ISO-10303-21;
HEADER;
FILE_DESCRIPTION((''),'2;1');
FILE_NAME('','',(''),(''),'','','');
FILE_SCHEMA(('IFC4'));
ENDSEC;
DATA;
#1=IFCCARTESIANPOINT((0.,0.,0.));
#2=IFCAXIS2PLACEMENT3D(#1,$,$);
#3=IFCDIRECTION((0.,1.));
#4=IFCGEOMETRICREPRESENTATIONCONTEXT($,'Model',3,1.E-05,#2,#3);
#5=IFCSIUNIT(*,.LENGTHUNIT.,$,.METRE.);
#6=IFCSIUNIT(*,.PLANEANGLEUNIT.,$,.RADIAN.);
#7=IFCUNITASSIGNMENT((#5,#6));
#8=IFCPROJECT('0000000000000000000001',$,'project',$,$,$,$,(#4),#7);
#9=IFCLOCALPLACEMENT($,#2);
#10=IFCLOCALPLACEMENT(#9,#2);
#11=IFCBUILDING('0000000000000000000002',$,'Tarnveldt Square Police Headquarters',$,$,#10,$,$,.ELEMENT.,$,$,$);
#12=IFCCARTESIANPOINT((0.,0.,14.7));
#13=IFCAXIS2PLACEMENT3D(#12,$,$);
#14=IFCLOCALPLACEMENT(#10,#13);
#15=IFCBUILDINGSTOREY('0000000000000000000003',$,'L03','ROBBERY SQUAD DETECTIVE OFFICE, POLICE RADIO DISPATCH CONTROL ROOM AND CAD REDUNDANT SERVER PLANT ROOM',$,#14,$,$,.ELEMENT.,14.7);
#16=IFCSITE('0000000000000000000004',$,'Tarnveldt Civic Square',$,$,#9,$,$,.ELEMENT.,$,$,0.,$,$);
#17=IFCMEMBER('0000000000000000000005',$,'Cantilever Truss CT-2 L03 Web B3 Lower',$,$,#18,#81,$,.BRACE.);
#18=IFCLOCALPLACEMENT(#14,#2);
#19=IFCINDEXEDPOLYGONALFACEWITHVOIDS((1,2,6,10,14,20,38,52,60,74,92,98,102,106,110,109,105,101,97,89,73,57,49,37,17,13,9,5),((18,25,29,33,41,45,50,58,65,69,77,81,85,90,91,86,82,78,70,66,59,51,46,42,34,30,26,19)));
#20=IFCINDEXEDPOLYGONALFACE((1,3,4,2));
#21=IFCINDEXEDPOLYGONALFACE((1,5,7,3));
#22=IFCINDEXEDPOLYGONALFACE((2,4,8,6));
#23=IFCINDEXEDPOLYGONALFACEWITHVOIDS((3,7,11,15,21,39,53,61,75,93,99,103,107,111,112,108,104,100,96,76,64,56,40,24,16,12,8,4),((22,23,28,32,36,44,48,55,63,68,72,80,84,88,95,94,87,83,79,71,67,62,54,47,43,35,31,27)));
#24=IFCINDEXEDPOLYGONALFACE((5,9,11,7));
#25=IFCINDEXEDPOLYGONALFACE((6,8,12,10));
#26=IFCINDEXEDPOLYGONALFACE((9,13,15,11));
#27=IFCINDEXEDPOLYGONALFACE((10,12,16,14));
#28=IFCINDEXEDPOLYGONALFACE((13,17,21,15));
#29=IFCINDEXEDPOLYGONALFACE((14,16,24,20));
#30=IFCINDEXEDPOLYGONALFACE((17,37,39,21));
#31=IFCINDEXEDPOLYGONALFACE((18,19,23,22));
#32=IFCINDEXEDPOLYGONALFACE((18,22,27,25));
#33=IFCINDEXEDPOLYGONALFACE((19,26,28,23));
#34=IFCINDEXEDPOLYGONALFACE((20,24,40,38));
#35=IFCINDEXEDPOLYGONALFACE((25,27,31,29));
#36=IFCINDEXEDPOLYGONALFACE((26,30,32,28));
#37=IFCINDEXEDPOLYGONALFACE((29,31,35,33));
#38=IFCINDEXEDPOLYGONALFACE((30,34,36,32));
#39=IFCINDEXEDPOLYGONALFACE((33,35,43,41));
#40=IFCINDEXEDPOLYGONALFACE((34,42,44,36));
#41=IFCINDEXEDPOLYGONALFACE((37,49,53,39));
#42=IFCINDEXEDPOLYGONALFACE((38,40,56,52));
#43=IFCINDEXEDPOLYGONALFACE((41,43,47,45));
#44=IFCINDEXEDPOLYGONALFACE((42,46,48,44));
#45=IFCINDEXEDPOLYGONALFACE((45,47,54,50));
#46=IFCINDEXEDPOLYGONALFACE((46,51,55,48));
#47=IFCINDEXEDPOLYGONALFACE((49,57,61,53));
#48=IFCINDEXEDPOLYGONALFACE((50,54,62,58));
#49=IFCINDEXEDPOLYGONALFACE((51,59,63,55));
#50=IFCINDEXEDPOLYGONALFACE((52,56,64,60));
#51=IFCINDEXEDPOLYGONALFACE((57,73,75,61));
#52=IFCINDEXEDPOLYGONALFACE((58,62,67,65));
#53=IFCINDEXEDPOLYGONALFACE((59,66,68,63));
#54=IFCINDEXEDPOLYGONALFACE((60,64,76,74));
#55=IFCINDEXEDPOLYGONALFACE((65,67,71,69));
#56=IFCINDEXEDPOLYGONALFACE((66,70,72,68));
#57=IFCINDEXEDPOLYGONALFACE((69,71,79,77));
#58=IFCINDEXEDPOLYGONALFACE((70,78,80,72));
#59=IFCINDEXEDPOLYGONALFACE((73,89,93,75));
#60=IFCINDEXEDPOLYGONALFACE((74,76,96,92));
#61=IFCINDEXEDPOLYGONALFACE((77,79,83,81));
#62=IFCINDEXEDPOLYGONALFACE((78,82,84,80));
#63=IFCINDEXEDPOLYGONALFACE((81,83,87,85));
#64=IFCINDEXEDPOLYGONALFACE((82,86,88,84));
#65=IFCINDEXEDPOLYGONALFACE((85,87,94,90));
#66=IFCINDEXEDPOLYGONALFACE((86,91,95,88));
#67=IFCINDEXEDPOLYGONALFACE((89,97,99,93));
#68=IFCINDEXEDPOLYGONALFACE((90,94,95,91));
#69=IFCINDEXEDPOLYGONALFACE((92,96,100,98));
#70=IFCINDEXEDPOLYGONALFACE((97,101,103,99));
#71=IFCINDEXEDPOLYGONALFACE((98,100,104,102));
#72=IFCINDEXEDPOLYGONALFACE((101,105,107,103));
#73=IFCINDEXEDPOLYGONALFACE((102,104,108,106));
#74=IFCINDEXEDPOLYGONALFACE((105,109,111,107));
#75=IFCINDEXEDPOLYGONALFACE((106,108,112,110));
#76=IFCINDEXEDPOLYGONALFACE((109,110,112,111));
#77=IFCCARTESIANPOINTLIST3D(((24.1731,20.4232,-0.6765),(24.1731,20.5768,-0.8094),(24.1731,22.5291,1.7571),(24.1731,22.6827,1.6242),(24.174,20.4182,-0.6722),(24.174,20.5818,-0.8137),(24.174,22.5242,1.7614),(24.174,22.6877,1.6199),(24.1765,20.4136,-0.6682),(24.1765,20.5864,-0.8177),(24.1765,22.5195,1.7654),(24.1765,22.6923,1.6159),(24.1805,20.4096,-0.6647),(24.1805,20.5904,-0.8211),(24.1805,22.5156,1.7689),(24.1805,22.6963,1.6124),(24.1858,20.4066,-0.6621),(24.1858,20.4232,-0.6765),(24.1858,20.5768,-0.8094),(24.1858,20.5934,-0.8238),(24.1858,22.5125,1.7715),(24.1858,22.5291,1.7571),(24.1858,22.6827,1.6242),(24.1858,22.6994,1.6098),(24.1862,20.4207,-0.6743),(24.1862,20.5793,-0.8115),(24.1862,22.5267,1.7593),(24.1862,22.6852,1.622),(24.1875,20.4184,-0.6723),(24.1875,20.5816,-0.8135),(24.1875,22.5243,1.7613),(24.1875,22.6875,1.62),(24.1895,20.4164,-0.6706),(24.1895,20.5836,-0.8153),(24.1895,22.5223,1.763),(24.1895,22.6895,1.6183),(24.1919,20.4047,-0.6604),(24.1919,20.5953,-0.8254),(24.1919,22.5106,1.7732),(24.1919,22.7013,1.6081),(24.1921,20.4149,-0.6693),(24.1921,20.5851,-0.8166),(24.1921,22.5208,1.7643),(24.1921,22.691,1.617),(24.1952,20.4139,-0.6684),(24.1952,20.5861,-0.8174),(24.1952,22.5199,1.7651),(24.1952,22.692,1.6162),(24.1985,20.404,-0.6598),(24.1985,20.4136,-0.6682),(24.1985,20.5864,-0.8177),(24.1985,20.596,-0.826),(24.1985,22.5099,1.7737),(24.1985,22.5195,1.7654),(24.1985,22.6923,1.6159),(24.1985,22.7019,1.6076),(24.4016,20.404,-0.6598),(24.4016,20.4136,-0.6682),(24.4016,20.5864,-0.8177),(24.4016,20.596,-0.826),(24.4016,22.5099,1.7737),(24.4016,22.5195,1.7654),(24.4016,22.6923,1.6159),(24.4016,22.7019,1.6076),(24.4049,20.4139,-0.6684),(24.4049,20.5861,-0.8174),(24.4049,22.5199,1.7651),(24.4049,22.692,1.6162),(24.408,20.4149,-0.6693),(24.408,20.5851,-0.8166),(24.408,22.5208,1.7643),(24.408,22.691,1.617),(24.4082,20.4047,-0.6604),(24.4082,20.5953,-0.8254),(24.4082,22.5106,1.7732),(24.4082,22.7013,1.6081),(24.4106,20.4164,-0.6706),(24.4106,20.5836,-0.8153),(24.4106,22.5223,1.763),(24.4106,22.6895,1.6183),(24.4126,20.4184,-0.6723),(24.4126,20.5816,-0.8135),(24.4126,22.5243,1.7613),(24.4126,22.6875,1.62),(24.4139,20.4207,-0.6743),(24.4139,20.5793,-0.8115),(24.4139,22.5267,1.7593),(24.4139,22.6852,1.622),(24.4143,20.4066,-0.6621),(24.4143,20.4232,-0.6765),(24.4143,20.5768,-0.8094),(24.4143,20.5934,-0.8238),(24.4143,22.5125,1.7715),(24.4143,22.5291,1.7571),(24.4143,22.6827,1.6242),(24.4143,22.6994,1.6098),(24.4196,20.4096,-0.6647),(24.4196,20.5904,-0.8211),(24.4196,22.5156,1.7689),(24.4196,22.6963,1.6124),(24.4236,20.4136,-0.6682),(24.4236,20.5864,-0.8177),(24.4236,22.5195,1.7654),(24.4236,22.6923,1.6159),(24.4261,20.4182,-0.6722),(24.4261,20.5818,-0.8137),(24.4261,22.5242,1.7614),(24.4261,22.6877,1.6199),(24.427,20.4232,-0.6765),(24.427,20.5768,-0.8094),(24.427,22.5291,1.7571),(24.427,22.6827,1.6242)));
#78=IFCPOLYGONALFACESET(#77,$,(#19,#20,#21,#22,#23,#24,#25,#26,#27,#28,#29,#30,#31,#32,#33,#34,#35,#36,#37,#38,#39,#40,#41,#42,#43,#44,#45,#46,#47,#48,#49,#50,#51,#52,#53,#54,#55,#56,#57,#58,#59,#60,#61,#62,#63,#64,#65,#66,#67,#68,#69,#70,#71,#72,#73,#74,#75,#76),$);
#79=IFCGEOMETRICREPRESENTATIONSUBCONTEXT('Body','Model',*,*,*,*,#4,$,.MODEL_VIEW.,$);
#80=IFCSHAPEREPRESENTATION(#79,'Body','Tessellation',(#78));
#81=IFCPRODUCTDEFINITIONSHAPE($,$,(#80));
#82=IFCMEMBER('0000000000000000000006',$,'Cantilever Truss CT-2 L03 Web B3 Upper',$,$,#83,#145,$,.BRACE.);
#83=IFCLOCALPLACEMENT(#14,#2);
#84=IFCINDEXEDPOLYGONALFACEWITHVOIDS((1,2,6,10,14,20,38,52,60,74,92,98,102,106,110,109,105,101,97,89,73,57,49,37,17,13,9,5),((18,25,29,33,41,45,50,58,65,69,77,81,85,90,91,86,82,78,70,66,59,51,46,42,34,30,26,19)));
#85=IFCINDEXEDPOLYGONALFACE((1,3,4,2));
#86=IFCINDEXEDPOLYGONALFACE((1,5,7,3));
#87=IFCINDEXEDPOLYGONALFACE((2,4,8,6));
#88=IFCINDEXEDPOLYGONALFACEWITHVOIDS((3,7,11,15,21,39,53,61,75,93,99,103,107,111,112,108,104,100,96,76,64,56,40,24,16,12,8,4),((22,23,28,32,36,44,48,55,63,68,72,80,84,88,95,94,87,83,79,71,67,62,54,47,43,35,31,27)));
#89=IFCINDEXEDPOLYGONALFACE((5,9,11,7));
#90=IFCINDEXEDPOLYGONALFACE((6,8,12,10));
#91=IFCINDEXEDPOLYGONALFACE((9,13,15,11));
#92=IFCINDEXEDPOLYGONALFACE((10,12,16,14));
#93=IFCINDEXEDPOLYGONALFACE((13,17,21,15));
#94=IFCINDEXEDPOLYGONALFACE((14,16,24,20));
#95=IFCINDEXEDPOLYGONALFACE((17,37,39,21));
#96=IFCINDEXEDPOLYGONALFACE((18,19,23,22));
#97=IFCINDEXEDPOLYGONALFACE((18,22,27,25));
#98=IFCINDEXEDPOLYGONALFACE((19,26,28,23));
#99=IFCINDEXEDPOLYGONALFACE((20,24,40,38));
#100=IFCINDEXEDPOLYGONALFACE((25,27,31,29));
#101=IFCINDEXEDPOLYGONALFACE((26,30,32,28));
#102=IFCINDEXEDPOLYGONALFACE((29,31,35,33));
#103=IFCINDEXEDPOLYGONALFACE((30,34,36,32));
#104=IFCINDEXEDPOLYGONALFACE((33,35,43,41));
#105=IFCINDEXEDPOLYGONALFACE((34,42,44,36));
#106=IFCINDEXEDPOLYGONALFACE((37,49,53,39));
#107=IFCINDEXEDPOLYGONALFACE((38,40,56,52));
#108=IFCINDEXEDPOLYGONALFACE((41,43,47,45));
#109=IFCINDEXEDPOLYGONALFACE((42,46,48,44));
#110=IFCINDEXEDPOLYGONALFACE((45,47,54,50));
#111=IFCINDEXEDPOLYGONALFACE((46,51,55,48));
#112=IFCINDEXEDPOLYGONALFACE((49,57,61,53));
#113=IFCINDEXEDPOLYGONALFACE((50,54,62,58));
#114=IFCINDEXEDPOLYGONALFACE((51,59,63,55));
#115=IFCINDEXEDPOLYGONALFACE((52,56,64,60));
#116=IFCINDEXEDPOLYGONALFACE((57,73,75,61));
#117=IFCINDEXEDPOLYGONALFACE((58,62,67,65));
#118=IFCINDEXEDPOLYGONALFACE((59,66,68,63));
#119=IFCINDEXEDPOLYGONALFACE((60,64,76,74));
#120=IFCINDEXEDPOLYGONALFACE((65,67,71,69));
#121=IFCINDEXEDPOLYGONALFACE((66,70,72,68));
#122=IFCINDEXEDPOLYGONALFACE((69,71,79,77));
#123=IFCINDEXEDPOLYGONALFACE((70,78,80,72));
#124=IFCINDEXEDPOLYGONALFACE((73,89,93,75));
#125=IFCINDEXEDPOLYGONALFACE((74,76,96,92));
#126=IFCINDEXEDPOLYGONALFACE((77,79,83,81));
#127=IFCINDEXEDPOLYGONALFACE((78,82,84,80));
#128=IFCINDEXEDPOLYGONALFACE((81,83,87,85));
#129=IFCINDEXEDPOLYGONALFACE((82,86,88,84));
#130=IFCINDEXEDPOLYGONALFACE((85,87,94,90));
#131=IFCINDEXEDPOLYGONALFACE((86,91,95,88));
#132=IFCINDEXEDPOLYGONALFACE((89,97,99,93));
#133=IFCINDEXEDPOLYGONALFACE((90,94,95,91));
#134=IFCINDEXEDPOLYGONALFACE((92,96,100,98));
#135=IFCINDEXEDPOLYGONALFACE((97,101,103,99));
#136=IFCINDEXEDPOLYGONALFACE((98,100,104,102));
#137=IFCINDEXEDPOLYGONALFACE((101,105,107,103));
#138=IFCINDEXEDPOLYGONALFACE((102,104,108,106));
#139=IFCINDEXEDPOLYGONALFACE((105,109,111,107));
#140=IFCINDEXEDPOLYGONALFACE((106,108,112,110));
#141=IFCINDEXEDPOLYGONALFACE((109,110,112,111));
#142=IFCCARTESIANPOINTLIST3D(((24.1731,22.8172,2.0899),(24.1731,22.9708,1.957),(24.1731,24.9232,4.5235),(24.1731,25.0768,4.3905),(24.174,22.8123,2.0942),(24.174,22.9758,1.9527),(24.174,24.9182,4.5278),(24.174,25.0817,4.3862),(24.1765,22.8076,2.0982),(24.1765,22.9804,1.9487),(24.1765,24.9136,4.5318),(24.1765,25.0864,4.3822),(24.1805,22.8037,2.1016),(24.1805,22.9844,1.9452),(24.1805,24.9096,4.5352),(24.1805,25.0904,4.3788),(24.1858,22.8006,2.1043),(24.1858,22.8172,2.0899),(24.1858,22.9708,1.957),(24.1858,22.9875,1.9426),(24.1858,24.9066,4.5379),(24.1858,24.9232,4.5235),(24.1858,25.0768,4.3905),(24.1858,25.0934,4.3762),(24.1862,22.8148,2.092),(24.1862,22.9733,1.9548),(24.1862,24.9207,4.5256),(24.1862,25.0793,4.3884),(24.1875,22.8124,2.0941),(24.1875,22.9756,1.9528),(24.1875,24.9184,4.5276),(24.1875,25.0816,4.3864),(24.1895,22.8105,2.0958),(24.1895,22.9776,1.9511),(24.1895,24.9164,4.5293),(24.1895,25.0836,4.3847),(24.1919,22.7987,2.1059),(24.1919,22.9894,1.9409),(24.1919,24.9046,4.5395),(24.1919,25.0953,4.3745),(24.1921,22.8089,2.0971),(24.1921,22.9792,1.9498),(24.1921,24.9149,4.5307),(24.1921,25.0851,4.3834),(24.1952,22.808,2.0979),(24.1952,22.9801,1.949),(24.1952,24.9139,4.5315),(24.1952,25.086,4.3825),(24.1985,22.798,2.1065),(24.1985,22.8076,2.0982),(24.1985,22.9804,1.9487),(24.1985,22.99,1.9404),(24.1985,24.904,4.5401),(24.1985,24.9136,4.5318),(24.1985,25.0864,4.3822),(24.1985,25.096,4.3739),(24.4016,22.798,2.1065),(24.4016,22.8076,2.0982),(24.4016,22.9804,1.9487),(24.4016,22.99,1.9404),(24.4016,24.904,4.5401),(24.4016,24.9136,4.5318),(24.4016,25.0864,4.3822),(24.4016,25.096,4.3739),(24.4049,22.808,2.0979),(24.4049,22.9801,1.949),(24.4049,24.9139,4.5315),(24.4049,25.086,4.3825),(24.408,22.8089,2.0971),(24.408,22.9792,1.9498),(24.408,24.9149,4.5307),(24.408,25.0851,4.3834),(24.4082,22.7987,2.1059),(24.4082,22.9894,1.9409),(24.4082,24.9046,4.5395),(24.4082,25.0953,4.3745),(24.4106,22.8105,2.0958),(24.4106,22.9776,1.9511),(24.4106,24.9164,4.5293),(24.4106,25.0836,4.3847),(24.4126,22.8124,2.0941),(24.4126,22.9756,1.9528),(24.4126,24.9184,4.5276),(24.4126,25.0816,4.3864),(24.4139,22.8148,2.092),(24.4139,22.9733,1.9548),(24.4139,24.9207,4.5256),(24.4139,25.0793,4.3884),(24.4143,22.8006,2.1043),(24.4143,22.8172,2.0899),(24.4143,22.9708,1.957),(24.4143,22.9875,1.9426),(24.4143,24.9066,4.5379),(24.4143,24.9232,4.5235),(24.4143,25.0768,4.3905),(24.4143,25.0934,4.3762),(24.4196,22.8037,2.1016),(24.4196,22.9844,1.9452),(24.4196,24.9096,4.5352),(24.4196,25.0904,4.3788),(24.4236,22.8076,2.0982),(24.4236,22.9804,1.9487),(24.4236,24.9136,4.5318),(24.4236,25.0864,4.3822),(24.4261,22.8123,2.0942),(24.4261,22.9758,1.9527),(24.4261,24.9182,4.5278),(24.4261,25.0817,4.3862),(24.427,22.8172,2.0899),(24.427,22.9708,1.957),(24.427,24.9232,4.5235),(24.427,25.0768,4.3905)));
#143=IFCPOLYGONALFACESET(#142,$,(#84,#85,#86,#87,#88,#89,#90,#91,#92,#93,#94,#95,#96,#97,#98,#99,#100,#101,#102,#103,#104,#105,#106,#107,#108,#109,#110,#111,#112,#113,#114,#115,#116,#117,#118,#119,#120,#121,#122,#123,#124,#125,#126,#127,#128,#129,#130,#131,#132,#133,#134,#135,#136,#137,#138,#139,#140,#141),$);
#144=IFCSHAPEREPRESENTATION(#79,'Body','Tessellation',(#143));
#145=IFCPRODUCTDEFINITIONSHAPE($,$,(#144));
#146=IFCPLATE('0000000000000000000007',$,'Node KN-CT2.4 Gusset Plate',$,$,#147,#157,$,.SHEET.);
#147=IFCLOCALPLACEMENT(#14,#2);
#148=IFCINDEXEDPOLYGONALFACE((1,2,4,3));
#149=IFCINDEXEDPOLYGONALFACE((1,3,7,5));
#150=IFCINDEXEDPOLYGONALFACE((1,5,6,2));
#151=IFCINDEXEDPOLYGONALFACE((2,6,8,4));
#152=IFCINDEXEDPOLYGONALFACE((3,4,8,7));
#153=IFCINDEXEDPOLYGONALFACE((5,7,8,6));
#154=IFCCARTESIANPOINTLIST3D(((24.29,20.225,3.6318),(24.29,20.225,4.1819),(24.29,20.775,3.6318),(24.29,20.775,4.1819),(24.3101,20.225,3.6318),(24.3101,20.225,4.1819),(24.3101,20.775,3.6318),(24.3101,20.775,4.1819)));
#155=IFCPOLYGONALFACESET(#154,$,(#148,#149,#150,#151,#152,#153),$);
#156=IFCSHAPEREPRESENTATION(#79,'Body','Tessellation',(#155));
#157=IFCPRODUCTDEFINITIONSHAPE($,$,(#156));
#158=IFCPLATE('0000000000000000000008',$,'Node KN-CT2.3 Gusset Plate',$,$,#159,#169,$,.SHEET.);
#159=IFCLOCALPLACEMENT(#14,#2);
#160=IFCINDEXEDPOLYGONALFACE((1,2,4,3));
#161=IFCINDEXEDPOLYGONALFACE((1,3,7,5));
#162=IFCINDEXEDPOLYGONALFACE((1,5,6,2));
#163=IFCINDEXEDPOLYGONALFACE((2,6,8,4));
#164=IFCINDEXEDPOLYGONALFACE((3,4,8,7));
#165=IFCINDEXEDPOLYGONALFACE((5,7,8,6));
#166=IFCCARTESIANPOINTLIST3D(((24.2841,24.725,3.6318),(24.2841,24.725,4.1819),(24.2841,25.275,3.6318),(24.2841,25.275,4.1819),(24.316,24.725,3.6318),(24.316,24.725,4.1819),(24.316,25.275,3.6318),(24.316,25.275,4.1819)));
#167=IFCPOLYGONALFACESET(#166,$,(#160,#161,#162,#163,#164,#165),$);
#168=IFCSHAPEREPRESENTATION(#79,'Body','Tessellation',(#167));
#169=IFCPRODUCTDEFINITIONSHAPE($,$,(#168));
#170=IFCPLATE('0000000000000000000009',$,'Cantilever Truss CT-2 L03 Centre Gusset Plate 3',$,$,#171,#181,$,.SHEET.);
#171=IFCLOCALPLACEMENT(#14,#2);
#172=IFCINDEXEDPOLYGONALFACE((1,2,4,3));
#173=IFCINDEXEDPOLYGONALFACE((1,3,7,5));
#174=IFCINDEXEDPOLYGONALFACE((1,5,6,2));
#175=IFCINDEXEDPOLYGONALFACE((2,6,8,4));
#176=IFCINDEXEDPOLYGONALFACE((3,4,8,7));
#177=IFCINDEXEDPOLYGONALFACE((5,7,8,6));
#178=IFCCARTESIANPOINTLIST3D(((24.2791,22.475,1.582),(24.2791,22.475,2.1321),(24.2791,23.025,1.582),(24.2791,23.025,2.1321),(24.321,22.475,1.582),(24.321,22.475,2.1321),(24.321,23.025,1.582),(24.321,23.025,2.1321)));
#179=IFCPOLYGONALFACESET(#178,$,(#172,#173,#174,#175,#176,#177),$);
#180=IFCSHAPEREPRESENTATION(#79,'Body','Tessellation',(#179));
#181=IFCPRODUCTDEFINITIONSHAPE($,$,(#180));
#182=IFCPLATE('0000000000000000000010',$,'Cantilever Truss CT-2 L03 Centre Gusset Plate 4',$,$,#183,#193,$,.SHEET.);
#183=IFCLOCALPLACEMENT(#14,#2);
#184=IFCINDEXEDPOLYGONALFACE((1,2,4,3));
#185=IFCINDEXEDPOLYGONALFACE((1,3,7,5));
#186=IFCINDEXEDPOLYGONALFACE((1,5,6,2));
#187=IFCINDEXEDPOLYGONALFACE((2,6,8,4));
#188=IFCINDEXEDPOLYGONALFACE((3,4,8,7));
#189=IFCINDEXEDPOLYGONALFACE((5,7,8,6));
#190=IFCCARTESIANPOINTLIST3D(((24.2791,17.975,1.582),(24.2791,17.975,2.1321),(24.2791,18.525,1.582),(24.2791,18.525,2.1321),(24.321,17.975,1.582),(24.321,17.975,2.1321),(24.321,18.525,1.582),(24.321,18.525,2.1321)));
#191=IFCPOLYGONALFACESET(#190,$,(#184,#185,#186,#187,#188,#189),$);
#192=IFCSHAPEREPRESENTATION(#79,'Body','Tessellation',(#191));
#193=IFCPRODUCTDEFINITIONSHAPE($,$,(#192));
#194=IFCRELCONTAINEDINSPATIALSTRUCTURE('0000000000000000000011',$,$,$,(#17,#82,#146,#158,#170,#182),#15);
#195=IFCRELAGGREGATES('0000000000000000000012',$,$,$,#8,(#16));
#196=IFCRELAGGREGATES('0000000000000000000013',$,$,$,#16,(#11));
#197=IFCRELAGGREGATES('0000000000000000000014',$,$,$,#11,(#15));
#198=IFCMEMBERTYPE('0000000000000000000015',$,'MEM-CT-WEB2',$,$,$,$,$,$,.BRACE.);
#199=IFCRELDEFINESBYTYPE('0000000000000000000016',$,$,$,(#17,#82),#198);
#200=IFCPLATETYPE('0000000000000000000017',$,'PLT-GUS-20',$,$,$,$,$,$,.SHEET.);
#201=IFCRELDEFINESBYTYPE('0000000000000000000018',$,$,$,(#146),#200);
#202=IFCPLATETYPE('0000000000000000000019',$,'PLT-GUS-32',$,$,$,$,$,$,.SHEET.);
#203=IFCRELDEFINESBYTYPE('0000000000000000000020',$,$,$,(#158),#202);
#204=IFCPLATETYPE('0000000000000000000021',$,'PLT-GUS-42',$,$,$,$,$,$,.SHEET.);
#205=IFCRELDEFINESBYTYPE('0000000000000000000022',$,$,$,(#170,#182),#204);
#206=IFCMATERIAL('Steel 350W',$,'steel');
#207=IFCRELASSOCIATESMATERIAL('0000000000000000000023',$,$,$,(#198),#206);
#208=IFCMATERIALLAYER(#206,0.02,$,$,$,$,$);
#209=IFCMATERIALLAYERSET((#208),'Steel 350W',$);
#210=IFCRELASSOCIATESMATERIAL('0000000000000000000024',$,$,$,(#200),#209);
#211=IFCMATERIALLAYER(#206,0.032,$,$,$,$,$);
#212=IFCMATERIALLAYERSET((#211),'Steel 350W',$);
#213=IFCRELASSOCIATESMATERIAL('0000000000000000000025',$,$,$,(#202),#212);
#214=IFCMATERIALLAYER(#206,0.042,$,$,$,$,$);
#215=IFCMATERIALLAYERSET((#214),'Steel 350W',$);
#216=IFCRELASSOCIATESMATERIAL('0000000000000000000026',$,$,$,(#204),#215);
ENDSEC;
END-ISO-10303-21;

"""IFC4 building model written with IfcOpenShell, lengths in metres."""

from ifc_helpers import new_model, si_unit, direction, frame, origin, origin_2d, place, context, subcontext, project, spatial, rectangle, hollow_rectangle, extrude, material, layer, layer_set, material_profile, profile_set, type_object, element, save


model = new_model("IFC4")

# Units and contexts
model_context = context("Model", 3, precision=1e-05, world=origin(), true_north=direction((0.0, 1.0)))
body_context = subcontext(model_context, "Body", "Model", "MODEL_VIEW")
ifc_project = project(units=[si_unit("LENGTHUNIT", "METRE"), si_unit("PLANEANGLEUNIT", "RADIAN")], contexts=[model_context])

# Site, building, storey
site_placement = place(None, origin())
site = spatial("IfcSite", under=ifc_project, at=site_placement, Name="Tarnveldt Civic Square", CompositionType="ELEMENT", RefElevation=0.0)
building_placement = place(site_placement, origin())
building = spatial("IfcBuilding", under=site, at=building_placement, Name="Tarnveldt Square Police Headquarters", CompositionType="ELEMENT")
storey_placement = place(building_placement, frame((0.0, 0.0, 14.7)))
storey = spatial("IfcBuildingStorey", under=building, at=storey_placement, Name="L03", Description="ROBBERY SQUAD DETECTIVE OFFICE, POLICE RADIO DISPATCH CONTROL ROOM AND CAD REDUNDANT SERVER PLANT ROOM", CompositionType="ELEMENT", Elevation=14.7)

# Shared definitions
ifc_material_1 = material(Name="Steel 350W", Category="steel")

# Members
ifc_material_profile_1 = material_profile(ifc_material_1, hollow_rectangle(XDim=0.2539, YDim=0.2539, WallThickness=0.0127, InnerFilletRadius=0.0127, OuterFilletRadius=0.0254, at=origin_2d()), Name="HSS254x254x13")
ifc_profile_set_1 = profile_set([ifc_material_profile_1], Name="Steel 350W")
member_type_1 = type_object("IfcMemberType", Name="MEM-CT-WEB2", PredefinedType="BRACE", material=ifc_profile_set_1)
for number, where, z_axis, x_axis, name in (
    (1, (24.3, 20.5, -0.7429), (0.0, 0.65437, 0.756174), (-1.0, 0.0, 0.0), "Cantilever Truss CT-2 L03 Web B3 Lower"),
    (2, (24.3, 22.894, 2.0234), (0.0, 0.65437, 0.756174), (-1.0, 0.0, 0.0), "Cantilever Truss CT-2 L03 Web B3 Upper"),
):
    element("IfcMember", number, at=place(storey_placement, frame(where, z_axis=z_axis, x_axis=x_axis)), inside=storey, type_object=member_type_1, Name=name, PredefinedType="BRACE", context=body_context, shape_type="SweptSolid", body=[
        extrude(hollow_rectangle(XDim=0.2539, YDim=0.2539, WallThickness=0.0127, InnerFilletRadius=0.0127, OuterFilletRadius=0.0254, at=origin_2d()), origin(), (0.0, 0.0, 1.0), 3.2183),
    ])

# Plates
ifc_layer_1 = layer(ifc_material_1, 0.02)
ifc_layer_set_1 = layer_set([ifc_layer_1], Name="Steel 350W")
plate_type_1 = type_object("IfcPlateType", Name="PLT-GUS-20", PredefinedType="SHEET", material=ifc_layer_set_1)
plate_1_placement = place(storey_placement, frame((24.3, 20.5, 3.6318), z_axis=(0.0, 0.0, 1.0), x_axis=(1.0, 0.0, 0.0)))
element("IfcPlate", 3, at=plate_1_placement, inside=storey, type_object=plate_type_1, Name="Node KN-CT2.4 Gusset Plate", PredefinedType="SHEET", context=body_context, shape_type="SweptSolid", body=[
    extrude(rectangle(XDim=0.02, YDim=0.55, at=origin_2d()), origin(), (0.0, 0.0, 1.0), 0.55),
])
ifc_layer_2 = layer(ifc_material_1, 0.032)
ifc_layer_set_2 = layer_set([ifc_layer_2], Name="Steel 350W")
plate_type_2 = type_object("IfcPlateType", Name="PLT-GUS-32", PredefinedType="SHEET", material=ifc_layer_set_2)
plate_2_placement = place(storey_placement, frame((24.3, 25.0, 3.6318), z_axis=(0.0, 0.0, 1.0), x_axis=(1.0, 0.0, 0.0)))
element("IfcPlate", 4, at=plate_2_placement, inside=storey, type_object=plate_type_2, Name="Node KN-CT2.3 Gusset Plate", PredefinedType="SHEET", context=body_context, shape_type="SweptSolid", body=[
    extrude(rectangle(XDim=0.032, YDim=0.55, at=origin_2d()), origin(), (0.0, 0.0, 1.0), 0.55),
])
ifc_layer_3 = layer(ifc_material_1, 0.042)
ifc_layer_set_3 = layer_set([ifc_layer_3], Name="Steel 350W")
plate_type_3 = type_object("IfcPlateType", Name="PLT-GUS-42", PredefinedType="SHEET", material=ifc_layer_set_3)
for number, where, z_axis, x_axis, name in (
    (5, (24.3, 22.75, 1.582), (0.0, 0.0, 1.0), (1.0, 0.0, 0.0), "Cantilever Truss CT-2 L03 Centre Gusset Plate 3"),
    (6, (24.3, 18.25, 1.582), (0.0, 0.0, 1.0), (1.0, 0.0, 0.0), "Cantilever Truss CT-2 L03 Centre Gusset Plate 4"),
):
    element("IfcPlate", number, at=place(storey_placement, frame(where, z_axis=z_axis, x_axis=x_axis)), inside=storey, type_object=plate_type_3, Name=name, PredefinedType="SHEET", context=body_context, shape_type="SweptSolid", body=[
        extrude(rectangle(XDim=0.042, YDim=0.55, at=origin_2d()), origin(), (0.0, 0.0, 1.0), 0.55),
    ])

save(model, "model.ifc")
